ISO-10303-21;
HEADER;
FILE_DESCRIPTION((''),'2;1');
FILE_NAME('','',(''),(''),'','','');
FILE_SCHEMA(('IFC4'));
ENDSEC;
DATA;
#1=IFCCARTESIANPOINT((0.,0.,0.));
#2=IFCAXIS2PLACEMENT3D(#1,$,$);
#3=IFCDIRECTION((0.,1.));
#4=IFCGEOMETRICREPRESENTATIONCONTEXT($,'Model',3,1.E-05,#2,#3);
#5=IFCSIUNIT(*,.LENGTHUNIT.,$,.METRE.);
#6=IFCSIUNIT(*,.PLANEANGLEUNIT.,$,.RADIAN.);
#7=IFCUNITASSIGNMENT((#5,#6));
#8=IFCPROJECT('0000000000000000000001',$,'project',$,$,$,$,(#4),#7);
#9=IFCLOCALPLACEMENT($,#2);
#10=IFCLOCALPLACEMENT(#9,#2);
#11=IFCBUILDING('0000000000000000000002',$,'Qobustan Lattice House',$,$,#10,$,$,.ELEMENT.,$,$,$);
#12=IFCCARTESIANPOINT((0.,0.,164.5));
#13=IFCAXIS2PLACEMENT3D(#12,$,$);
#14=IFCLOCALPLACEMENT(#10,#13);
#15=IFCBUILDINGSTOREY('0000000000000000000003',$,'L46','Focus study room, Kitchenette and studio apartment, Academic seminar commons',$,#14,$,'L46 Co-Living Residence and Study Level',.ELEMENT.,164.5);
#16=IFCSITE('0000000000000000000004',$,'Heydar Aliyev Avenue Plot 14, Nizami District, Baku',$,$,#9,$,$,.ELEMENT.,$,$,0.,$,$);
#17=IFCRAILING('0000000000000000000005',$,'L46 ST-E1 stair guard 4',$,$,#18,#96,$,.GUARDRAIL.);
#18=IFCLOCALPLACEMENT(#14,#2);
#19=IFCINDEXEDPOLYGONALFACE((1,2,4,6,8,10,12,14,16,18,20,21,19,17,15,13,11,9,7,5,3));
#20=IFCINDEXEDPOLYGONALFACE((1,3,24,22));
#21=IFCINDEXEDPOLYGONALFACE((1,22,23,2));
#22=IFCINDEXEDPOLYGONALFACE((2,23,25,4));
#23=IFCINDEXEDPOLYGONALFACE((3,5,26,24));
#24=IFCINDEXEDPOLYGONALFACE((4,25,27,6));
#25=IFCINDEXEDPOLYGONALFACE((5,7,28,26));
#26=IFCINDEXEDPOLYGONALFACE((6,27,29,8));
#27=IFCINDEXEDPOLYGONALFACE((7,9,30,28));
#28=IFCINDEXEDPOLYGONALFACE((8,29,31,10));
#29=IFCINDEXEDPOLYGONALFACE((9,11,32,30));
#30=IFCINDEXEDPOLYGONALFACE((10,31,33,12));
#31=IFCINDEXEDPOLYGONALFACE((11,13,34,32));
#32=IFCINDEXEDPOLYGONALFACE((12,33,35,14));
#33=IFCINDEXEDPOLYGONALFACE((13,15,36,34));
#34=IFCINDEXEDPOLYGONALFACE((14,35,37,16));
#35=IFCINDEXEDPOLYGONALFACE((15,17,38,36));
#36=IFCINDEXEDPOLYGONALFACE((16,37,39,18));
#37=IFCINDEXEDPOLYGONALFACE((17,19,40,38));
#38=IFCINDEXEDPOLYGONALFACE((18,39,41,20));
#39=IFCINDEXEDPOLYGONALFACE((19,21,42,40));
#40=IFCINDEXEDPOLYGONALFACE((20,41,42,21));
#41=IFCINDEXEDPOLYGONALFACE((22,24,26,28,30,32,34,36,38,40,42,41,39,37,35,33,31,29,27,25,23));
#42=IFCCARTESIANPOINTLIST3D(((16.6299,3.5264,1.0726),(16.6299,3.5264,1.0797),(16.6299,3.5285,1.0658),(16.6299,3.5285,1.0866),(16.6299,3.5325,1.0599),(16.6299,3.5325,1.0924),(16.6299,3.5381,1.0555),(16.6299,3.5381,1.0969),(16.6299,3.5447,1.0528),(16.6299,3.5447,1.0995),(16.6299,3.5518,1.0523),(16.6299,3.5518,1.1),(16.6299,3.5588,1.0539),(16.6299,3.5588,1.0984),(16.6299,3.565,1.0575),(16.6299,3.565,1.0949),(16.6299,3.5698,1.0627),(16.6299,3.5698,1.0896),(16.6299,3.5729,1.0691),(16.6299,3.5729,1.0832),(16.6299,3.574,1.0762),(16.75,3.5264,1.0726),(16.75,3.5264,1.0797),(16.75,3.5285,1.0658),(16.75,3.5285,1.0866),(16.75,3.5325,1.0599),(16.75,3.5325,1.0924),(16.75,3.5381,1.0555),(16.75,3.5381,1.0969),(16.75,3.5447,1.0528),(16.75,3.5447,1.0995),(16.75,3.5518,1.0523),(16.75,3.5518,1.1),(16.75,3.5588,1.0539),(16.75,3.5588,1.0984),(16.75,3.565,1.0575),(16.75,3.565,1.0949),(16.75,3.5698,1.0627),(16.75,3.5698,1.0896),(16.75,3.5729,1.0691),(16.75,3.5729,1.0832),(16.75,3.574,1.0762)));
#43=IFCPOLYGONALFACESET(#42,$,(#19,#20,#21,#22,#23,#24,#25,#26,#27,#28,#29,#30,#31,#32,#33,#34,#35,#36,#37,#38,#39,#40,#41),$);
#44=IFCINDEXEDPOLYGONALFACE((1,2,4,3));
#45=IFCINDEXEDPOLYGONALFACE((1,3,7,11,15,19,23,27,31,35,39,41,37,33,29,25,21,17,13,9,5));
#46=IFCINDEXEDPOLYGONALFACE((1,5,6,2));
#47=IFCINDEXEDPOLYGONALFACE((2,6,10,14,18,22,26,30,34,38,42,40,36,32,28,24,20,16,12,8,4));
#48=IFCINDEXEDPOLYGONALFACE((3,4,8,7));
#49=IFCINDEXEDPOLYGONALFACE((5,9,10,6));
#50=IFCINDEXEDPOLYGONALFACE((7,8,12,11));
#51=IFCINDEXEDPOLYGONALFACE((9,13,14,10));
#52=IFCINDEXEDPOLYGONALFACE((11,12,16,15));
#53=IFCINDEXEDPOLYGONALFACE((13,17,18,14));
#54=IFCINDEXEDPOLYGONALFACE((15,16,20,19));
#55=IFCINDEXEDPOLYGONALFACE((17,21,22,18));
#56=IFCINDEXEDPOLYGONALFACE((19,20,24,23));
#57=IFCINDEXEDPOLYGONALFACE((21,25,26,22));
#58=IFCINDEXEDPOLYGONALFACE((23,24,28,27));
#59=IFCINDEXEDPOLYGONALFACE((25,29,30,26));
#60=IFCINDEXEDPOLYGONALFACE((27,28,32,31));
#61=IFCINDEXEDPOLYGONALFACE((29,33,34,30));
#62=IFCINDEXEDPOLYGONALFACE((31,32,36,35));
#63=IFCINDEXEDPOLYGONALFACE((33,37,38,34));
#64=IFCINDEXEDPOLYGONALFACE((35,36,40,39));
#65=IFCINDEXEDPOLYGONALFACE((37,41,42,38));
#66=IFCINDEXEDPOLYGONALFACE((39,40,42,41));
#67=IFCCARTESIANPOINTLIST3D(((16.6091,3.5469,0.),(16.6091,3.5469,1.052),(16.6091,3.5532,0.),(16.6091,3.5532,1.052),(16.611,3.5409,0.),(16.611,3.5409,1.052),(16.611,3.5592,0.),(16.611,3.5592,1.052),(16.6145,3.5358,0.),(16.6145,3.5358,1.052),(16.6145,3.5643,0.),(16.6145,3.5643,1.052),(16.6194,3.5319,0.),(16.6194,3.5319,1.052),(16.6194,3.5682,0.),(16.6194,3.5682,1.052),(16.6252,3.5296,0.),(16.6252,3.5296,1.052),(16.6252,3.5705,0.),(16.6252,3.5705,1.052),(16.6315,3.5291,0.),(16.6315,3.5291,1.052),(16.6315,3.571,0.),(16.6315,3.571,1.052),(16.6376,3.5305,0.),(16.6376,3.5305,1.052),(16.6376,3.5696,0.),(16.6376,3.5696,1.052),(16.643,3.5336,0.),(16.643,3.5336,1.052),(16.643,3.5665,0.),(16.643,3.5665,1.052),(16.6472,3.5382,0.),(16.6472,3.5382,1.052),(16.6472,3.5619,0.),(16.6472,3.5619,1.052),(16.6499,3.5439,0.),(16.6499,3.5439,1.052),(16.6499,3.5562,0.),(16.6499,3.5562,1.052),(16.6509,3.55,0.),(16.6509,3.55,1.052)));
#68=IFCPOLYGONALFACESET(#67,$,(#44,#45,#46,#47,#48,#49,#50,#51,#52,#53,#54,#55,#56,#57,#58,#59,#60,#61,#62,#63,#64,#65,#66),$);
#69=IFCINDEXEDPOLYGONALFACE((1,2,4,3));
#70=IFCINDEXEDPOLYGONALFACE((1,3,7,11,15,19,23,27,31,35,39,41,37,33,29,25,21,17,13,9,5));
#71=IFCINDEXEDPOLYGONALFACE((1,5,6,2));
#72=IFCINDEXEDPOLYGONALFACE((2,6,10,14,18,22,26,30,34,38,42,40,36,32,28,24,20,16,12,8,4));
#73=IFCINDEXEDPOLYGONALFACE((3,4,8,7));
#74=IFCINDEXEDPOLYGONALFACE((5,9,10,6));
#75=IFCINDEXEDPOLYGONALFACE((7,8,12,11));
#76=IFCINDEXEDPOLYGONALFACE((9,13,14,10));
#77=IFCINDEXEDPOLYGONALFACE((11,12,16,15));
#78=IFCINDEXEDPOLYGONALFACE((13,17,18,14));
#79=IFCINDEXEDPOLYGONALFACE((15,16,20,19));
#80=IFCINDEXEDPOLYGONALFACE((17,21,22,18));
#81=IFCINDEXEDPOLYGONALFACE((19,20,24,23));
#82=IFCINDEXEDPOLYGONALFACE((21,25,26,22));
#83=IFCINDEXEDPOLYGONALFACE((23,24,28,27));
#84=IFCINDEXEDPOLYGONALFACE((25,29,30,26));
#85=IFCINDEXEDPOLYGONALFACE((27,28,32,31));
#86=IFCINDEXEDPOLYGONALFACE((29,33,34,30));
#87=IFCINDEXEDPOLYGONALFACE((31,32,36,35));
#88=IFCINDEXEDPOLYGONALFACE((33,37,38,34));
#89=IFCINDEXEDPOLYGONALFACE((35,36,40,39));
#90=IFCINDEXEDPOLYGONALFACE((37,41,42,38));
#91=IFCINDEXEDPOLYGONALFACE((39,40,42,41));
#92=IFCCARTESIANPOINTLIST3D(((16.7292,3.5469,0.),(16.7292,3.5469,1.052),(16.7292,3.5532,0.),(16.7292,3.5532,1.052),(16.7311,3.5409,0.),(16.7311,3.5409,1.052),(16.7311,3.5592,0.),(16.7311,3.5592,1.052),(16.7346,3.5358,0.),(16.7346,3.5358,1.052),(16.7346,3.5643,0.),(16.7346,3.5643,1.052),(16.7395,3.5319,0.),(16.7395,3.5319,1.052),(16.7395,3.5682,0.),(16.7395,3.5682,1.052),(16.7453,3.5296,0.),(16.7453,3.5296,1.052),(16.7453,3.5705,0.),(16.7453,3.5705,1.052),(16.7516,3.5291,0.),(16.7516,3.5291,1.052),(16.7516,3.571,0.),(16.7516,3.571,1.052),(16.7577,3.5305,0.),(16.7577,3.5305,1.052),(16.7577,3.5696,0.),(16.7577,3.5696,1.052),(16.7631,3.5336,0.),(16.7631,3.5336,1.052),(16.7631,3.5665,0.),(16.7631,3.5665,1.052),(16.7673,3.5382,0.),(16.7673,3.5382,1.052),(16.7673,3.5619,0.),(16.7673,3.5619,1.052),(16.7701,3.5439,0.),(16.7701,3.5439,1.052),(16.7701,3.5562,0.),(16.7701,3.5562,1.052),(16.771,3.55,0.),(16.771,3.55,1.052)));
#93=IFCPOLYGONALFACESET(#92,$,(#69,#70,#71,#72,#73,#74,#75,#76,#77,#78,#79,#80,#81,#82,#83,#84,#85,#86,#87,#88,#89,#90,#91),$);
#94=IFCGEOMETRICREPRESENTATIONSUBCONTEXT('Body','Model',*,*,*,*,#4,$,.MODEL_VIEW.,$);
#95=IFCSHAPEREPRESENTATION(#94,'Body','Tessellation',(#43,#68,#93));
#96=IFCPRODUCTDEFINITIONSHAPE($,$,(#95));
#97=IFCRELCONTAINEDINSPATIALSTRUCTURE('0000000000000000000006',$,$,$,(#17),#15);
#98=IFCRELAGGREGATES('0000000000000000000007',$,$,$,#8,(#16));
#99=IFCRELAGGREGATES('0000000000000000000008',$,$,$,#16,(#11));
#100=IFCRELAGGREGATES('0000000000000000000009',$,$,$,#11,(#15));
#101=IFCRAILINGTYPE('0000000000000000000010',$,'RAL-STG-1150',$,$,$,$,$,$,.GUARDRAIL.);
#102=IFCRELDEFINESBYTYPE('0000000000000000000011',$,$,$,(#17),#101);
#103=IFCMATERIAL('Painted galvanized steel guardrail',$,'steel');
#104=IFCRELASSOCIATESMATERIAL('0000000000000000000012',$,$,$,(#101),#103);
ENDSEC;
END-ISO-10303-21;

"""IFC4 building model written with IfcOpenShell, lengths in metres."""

from ifc_helpers import new_model, si_unit, direction, frame, origin, origin_2d, place, context, subcontext, project, spatial, circle, extrude, material, type_object, element, save


model = new_model("IFC4")

# Units and contexts
model_context = context("Model", 3, precision=1e-05, world=origin(), true_north=direction((0.0, 1.0)))
body_context = subcontext(model_context, "Body", "Model", "MODEL_VIEW")
ifc_project = project(units=[si_unit("LENGTHUNIT", "METRE"), si_unit("PLANEANGLEUNIT", "RADIAN")], contexts=[model_context])

# Site, building, storey
site_placement = place(None, origin())
site = spatial("IfcSite", under=ifc_project, at=site_placement, Name="Heydar Aliyev Avenue Plot 14, Nizami District, Baku", CompositionType="ELEMENT", RefElevation=0.0)
building_placement = place(site_placement, origin())
building = spatial("IfcBuilding", under=site, at=building_placement, Name="Qobustan Lattice House", CompositionType="ELEMENT")
storey_placement = place(building_placement, frame((0.0, 0.0, 164.5)))
storey = spatial("IfcBuildingStorey", under=building, at=storey_placement, Name="L46", Description="Focus study room, Kitchenette and studio apartment, Academic seminar commons", LongName="L46 Co-Living Residence and Study Level", CompositionType="ELEMENT", Elevation=164.5)

# Railing
ifc_material_1 = material(Name="Painted galvanized steel guardrail", Category="steel")
railing_type_1 = type_object("IfcRailingType", Name="RAL-STG-1150", PredefinedType="GUARDRAIL", material=ifc_material_1)
railing_1_placement = place(storey_placement, frame((16.6299, 3.55, 0.0)))
element("IfcRailing", 1, at=railing_1_placement, inside=storey, type_object=railing_type_1, Name="L46 ST-E1 stair guard 4", PredefinedType="GUARDRAIL", context=body_context, shape_type="SweptSolid", body=[
    extrude(circle(Radius=0.0239, at=origin_2d()), frame((0.0, 0.0, 1.0762), z_axis=(1.0, 0.0, 0.0), x_axis=(0.0, 1.0, 0.0)), (0.0, 0.0, 1.0), 0.1201),
    extrude(circle(Radius=0.021, at=origin_2d()), origin(), (0.0, 0.0, 1.0), 1.052),
    extrude(circle(Radius=0.021, at=origin_2d()), frame((0.1201, 0.0, 0.0)), (0.0, 0.0, 1.0), 1.052),
])

save(model, "model.ifc")
